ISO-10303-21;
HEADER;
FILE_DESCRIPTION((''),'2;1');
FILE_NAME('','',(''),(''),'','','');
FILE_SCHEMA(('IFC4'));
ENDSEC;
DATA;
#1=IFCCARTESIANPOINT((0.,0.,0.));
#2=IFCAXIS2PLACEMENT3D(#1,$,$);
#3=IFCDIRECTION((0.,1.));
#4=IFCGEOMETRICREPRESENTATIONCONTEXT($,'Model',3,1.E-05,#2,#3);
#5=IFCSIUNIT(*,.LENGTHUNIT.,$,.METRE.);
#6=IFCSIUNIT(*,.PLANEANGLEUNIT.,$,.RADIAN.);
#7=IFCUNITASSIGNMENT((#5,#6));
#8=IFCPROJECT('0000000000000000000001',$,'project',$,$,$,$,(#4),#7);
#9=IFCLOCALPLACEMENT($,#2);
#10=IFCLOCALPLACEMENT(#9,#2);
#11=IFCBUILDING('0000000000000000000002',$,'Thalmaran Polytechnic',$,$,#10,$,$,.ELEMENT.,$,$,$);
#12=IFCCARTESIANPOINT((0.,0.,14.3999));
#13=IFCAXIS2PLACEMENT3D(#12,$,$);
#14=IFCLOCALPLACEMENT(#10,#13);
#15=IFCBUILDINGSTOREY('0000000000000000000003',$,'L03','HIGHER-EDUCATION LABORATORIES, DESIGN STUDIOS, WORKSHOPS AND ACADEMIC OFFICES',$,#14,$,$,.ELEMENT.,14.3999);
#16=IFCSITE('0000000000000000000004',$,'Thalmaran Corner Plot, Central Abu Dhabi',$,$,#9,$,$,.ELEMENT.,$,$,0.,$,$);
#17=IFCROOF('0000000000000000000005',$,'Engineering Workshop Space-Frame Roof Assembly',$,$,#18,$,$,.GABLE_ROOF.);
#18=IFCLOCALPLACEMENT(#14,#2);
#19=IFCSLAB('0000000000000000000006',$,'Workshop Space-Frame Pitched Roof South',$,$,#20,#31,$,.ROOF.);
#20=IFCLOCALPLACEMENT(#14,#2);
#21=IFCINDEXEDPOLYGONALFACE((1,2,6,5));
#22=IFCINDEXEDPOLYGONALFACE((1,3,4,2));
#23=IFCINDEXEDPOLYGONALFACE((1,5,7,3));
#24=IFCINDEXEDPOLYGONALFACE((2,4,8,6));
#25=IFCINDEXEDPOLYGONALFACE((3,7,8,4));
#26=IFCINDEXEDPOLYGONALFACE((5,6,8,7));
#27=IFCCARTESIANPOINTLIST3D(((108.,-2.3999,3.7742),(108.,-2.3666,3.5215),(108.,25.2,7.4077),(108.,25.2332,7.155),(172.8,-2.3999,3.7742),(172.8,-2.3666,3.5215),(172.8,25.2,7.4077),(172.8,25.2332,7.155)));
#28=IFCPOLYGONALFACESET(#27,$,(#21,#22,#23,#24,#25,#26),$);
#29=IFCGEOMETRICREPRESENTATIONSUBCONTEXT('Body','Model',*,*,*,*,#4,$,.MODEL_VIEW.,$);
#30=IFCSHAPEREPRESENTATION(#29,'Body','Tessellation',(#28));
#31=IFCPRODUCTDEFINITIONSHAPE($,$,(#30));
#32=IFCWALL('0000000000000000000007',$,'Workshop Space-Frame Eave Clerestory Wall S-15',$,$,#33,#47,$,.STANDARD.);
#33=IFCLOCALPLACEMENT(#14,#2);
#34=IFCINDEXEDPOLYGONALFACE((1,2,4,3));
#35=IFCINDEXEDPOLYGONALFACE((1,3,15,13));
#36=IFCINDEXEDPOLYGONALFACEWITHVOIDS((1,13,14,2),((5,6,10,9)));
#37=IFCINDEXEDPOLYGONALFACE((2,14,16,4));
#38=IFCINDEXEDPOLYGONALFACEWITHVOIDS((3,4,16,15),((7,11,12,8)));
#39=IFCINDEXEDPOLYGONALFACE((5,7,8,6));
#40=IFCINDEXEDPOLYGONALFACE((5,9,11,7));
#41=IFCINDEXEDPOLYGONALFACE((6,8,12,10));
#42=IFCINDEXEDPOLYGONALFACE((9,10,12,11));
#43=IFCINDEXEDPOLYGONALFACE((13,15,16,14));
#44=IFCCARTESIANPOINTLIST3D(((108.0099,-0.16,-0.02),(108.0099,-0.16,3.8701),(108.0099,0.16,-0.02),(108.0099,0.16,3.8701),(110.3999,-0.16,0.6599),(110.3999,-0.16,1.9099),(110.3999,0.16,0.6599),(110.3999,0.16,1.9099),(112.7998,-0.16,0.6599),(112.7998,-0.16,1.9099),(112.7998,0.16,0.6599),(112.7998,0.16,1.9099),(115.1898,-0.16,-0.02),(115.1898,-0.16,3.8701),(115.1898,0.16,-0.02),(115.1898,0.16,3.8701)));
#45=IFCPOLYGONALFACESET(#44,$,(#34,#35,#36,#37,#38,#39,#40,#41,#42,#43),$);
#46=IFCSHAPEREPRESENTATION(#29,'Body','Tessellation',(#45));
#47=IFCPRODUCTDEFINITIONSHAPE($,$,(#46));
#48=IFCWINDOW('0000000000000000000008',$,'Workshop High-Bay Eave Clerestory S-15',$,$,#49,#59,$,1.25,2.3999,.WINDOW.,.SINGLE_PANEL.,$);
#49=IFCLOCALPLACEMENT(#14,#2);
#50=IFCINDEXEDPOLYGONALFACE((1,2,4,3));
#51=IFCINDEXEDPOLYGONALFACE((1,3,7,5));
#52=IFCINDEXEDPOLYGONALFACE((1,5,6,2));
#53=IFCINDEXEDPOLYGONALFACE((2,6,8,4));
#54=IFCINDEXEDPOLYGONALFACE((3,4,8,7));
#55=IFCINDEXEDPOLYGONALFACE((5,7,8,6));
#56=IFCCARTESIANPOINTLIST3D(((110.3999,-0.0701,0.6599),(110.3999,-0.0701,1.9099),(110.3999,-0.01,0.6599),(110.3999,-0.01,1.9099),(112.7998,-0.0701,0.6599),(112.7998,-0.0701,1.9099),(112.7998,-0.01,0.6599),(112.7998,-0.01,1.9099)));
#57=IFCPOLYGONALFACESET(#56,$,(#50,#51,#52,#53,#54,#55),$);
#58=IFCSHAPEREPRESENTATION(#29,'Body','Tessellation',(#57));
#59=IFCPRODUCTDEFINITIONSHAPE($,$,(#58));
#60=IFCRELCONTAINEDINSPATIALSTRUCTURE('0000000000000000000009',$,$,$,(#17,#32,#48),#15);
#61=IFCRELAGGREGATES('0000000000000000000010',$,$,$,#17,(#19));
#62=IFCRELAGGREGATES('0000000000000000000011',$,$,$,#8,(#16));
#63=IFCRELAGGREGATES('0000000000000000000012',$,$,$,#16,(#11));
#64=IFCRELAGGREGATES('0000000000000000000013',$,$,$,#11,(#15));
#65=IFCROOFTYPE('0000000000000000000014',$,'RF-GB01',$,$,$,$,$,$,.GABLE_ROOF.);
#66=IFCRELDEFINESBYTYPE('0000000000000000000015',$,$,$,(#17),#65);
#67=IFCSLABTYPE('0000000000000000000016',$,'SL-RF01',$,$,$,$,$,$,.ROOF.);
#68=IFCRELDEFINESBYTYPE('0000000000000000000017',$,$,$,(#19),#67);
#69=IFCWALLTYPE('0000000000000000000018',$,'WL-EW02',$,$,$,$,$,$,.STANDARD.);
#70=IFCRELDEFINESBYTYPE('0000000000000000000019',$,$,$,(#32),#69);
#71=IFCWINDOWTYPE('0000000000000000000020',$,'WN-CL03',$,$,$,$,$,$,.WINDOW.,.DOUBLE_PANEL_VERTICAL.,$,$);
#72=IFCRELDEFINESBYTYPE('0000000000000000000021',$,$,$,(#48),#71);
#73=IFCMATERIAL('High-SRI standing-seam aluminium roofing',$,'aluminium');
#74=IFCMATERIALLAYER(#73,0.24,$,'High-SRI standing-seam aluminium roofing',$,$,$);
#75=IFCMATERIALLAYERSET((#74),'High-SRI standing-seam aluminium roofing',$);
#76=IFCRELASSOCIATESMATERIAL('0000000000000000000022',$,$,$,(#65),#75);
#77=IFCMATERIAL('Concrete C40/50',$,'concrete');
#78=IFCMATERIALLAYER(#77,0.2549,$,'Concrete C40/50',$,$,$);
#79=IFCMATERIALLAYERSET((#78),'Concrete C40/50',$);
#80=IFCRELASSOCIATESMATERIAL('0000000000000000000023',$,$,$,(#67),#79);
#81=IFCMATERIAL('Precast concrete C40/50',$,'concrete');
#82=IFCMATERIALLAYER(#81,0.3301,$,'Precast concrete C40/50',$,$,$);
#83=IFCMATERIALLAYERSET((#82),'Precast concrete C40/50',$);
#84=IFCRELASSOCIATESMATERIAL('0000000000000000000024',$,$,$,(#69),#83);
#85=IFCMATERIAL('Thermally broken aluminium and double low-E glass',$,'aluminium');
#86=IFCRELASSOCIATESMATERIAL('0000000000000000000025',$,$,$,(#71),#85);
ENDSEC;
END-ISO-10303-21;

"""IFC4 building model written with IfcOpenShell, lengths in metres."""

from ifc_helpers import new_model, si_unit, direction, frame, frame_2d, origin, place, context, subcontext, project, spatial, polyline, rectangle, outline, extrude, material, layer, layer_set, type_object, element, fill, aggregate, save


model = new_model("IFC4")

# Units and contexts
model_context = context("Model", 3, precision=1e-05, world=origin(), true_north=direction((0.0, 1.0)))
body_context = subcontext(model_context, "Body", "Model", "MODEL_VIEW")
ifc_project = project(units=[si_unit("LENGTHUNIT", "METRE"), si_unit("PLANEANGLEUNIT", "RADIAN")], contexts=[model_context])

# Site, building, storey
site_placement = place(None, origin())
site = spatial("IfcSite", under=ifc_project, at=site_placement, Name="Thalmaran Corner Plot, Central Abu Dhabi", CompositionType="ELEMENT", RefElevation=0.0)
building_placement = place(site_placement, origin())
building = spatial("IfcBuilding", under=site, at=building_placement, Name="Thalmaran Polytechnic", CompositionType="ELEMENT")
storey_placement = place(building_placement, frame((0.0, 0.0, 14.3999)))
storey = spatial("IfcBuildingStorey", under=building, at=storey_placement, Name="L03", Description="HIGHER-EDUCATION LABORATORIES, DESIGN STUDIOS, WORKSHOPS AND ACADEMIC OFFICES", CompositionType="ELEMENT", Elevation=14.3999)

# Roof, slab
ifc_material_1 = material(Name="High-SRI standing-seam aluminium roofing", Category="aluminium")
ifc_layer_1 = layer(ifc_material_1, 0.24, Name="High-SRI standing-seam aluminium roofing")
ifc_layer_set_1 = layer_set([ifc_layer_1], Name="High-SRI standing-seam aluminium roofing")
roof_type = type_object("IfcRoofType", Name="RF-GB01", PredefinedType="GABLE_ROOF", material=ifc_layer_set_1)
roof_placement = place(storey_placement, origin())
roof = element("IfcRoof", 1, at=roof_placement, inside=storey, type_object=roof_type, Name="Engineering Workshop Space-Frame Roof Assembly", PredefinedType="GABLE_ROOF")
ifc_material_2 = material(Name="Concrete C40/50", Category="concrete")
ifc_layer_2 = layer(ifc_material_2, 0.2549, Name="Concrete C40/50")
ifc_layer_set_2 = layer_set([ifc_layer_2], Name="Concrete C40/50")
slab_type = type_object("IfcSlabType", Name="SL-RF01", PredefinedType="ROOF", material=ifc_layer_set_2)
slab_placement = place(storey_placement, frame((108.0, -2.3999, 3.7742), z_axis=(0.0, -0.130525, 0.991445), x_axis=(1.0, 0.0, 0.0)))
slab = element("IfcSlab", 2, at=slab_placement, type_object=slab_type, Name="Workshop Space-Frame Pitched Roof South", PredefinedType="ROOF", context=body_context, shape_type="SweptSolid", body=[
    extrude(outline(polyline([(0.0, 0.0), (64.8, 0.0), (64.8, 27.838), (0.0, 27.838), (0.0, 0.0)])), origin(), (0.0, 0.0, -1.0), 0.2549),
])
aggregate(roof, [slab])

# Wall, opening, window
ifc_material_3 = material(Name="Precast concrete C40/50", Category="concrete")
ifc_layer_3 = layer(ifc_material_3, 0.3301, Name="Precast concrete C40/50")
ifc_layer_set_3 = layer_set([ifc_layer_3], Name="Precast concrete C40/50")
wall_type = type_object("IfcWallType", Name="WL-EW02", PredefinedType="STANDARD", material=ifc_layer_set_3)
wall_placement = place(storey_placement, frame((108.01, 0.0, -0.02), z_axis=(0.0, 0.0, 1.0), x_axis=(1.0, 0.0, 0.0)))
wall = element("IfcWall", 3, at=wall_placement, inside=storey, type_object=wall_type, Name="Workshop Space-Frame Eave Clerestory Wall S-15", PredefinedType="STANDARD", context=body_context, shape_type="SweptSolid", body=[
    extrude(rectangle(XDim=7.1799, YDim=0.3201, at=frame_2d((3.5898, 0.0))), origin(), (0.0, 0.0, 1.0), 3.8901),
])
opening_placement = place(wall_placement, frame((2.3899, 0.0, 0.6799)))
opening = element("IfcOpeningElement", 4, at=opening_placement, cuts=wall, PredefinedType="OPENING", context=body_context, shape_type="SweptSolid", body=[
    extrude(rectangle(XDim=2.3999, YDim=1.25, at=frame_2d((1.2, 0.625))), frame((0.0, 0.1699, 0.0), z_axis=(0.0, -1.0, 0.0), x_axis=(1.0, 0.0, 0.0)), (0.0, 0.0, 1.0), 0.3401),
])
ifc_material_4 = material(Name="Thermally broken aluminium and double low-E glass", Category="aluminium")
window_type = type_object("IfcWindowType", Name="WN-CL03", PartitioningType="DOUBLE_PANEL_VERTICAL", PredefinedType="WINDOW", material=ifc_material_4)
window_placement = place(opening_placement, origin())
window = element("IfcWindow", 5, at=window_placement, inside=storey, type_object=window_type, Name="Workshop High-Bay Eave Clerestory S-15", OverallHeight=1.25, OverallWidth=2.3999, PartitioningType="SINGLE_PANEL", PredefinedType="WINDOW", context=body_context, shape_type="SweptSolid", body=[
    extrude(rectangle(XDim=2.3999, YDim=1.25, at=frame_2d((1.2, 0.625))), frame((0.0, -0.01, 0.0), z_axis=(0.0, -1.0, 0.0), x_axis=(1.0, 0.0, 0.0)), (0.0, 0.0, 1.0), 0.0601),
])
fill(opening, window)

save(model, "model.ifc")
